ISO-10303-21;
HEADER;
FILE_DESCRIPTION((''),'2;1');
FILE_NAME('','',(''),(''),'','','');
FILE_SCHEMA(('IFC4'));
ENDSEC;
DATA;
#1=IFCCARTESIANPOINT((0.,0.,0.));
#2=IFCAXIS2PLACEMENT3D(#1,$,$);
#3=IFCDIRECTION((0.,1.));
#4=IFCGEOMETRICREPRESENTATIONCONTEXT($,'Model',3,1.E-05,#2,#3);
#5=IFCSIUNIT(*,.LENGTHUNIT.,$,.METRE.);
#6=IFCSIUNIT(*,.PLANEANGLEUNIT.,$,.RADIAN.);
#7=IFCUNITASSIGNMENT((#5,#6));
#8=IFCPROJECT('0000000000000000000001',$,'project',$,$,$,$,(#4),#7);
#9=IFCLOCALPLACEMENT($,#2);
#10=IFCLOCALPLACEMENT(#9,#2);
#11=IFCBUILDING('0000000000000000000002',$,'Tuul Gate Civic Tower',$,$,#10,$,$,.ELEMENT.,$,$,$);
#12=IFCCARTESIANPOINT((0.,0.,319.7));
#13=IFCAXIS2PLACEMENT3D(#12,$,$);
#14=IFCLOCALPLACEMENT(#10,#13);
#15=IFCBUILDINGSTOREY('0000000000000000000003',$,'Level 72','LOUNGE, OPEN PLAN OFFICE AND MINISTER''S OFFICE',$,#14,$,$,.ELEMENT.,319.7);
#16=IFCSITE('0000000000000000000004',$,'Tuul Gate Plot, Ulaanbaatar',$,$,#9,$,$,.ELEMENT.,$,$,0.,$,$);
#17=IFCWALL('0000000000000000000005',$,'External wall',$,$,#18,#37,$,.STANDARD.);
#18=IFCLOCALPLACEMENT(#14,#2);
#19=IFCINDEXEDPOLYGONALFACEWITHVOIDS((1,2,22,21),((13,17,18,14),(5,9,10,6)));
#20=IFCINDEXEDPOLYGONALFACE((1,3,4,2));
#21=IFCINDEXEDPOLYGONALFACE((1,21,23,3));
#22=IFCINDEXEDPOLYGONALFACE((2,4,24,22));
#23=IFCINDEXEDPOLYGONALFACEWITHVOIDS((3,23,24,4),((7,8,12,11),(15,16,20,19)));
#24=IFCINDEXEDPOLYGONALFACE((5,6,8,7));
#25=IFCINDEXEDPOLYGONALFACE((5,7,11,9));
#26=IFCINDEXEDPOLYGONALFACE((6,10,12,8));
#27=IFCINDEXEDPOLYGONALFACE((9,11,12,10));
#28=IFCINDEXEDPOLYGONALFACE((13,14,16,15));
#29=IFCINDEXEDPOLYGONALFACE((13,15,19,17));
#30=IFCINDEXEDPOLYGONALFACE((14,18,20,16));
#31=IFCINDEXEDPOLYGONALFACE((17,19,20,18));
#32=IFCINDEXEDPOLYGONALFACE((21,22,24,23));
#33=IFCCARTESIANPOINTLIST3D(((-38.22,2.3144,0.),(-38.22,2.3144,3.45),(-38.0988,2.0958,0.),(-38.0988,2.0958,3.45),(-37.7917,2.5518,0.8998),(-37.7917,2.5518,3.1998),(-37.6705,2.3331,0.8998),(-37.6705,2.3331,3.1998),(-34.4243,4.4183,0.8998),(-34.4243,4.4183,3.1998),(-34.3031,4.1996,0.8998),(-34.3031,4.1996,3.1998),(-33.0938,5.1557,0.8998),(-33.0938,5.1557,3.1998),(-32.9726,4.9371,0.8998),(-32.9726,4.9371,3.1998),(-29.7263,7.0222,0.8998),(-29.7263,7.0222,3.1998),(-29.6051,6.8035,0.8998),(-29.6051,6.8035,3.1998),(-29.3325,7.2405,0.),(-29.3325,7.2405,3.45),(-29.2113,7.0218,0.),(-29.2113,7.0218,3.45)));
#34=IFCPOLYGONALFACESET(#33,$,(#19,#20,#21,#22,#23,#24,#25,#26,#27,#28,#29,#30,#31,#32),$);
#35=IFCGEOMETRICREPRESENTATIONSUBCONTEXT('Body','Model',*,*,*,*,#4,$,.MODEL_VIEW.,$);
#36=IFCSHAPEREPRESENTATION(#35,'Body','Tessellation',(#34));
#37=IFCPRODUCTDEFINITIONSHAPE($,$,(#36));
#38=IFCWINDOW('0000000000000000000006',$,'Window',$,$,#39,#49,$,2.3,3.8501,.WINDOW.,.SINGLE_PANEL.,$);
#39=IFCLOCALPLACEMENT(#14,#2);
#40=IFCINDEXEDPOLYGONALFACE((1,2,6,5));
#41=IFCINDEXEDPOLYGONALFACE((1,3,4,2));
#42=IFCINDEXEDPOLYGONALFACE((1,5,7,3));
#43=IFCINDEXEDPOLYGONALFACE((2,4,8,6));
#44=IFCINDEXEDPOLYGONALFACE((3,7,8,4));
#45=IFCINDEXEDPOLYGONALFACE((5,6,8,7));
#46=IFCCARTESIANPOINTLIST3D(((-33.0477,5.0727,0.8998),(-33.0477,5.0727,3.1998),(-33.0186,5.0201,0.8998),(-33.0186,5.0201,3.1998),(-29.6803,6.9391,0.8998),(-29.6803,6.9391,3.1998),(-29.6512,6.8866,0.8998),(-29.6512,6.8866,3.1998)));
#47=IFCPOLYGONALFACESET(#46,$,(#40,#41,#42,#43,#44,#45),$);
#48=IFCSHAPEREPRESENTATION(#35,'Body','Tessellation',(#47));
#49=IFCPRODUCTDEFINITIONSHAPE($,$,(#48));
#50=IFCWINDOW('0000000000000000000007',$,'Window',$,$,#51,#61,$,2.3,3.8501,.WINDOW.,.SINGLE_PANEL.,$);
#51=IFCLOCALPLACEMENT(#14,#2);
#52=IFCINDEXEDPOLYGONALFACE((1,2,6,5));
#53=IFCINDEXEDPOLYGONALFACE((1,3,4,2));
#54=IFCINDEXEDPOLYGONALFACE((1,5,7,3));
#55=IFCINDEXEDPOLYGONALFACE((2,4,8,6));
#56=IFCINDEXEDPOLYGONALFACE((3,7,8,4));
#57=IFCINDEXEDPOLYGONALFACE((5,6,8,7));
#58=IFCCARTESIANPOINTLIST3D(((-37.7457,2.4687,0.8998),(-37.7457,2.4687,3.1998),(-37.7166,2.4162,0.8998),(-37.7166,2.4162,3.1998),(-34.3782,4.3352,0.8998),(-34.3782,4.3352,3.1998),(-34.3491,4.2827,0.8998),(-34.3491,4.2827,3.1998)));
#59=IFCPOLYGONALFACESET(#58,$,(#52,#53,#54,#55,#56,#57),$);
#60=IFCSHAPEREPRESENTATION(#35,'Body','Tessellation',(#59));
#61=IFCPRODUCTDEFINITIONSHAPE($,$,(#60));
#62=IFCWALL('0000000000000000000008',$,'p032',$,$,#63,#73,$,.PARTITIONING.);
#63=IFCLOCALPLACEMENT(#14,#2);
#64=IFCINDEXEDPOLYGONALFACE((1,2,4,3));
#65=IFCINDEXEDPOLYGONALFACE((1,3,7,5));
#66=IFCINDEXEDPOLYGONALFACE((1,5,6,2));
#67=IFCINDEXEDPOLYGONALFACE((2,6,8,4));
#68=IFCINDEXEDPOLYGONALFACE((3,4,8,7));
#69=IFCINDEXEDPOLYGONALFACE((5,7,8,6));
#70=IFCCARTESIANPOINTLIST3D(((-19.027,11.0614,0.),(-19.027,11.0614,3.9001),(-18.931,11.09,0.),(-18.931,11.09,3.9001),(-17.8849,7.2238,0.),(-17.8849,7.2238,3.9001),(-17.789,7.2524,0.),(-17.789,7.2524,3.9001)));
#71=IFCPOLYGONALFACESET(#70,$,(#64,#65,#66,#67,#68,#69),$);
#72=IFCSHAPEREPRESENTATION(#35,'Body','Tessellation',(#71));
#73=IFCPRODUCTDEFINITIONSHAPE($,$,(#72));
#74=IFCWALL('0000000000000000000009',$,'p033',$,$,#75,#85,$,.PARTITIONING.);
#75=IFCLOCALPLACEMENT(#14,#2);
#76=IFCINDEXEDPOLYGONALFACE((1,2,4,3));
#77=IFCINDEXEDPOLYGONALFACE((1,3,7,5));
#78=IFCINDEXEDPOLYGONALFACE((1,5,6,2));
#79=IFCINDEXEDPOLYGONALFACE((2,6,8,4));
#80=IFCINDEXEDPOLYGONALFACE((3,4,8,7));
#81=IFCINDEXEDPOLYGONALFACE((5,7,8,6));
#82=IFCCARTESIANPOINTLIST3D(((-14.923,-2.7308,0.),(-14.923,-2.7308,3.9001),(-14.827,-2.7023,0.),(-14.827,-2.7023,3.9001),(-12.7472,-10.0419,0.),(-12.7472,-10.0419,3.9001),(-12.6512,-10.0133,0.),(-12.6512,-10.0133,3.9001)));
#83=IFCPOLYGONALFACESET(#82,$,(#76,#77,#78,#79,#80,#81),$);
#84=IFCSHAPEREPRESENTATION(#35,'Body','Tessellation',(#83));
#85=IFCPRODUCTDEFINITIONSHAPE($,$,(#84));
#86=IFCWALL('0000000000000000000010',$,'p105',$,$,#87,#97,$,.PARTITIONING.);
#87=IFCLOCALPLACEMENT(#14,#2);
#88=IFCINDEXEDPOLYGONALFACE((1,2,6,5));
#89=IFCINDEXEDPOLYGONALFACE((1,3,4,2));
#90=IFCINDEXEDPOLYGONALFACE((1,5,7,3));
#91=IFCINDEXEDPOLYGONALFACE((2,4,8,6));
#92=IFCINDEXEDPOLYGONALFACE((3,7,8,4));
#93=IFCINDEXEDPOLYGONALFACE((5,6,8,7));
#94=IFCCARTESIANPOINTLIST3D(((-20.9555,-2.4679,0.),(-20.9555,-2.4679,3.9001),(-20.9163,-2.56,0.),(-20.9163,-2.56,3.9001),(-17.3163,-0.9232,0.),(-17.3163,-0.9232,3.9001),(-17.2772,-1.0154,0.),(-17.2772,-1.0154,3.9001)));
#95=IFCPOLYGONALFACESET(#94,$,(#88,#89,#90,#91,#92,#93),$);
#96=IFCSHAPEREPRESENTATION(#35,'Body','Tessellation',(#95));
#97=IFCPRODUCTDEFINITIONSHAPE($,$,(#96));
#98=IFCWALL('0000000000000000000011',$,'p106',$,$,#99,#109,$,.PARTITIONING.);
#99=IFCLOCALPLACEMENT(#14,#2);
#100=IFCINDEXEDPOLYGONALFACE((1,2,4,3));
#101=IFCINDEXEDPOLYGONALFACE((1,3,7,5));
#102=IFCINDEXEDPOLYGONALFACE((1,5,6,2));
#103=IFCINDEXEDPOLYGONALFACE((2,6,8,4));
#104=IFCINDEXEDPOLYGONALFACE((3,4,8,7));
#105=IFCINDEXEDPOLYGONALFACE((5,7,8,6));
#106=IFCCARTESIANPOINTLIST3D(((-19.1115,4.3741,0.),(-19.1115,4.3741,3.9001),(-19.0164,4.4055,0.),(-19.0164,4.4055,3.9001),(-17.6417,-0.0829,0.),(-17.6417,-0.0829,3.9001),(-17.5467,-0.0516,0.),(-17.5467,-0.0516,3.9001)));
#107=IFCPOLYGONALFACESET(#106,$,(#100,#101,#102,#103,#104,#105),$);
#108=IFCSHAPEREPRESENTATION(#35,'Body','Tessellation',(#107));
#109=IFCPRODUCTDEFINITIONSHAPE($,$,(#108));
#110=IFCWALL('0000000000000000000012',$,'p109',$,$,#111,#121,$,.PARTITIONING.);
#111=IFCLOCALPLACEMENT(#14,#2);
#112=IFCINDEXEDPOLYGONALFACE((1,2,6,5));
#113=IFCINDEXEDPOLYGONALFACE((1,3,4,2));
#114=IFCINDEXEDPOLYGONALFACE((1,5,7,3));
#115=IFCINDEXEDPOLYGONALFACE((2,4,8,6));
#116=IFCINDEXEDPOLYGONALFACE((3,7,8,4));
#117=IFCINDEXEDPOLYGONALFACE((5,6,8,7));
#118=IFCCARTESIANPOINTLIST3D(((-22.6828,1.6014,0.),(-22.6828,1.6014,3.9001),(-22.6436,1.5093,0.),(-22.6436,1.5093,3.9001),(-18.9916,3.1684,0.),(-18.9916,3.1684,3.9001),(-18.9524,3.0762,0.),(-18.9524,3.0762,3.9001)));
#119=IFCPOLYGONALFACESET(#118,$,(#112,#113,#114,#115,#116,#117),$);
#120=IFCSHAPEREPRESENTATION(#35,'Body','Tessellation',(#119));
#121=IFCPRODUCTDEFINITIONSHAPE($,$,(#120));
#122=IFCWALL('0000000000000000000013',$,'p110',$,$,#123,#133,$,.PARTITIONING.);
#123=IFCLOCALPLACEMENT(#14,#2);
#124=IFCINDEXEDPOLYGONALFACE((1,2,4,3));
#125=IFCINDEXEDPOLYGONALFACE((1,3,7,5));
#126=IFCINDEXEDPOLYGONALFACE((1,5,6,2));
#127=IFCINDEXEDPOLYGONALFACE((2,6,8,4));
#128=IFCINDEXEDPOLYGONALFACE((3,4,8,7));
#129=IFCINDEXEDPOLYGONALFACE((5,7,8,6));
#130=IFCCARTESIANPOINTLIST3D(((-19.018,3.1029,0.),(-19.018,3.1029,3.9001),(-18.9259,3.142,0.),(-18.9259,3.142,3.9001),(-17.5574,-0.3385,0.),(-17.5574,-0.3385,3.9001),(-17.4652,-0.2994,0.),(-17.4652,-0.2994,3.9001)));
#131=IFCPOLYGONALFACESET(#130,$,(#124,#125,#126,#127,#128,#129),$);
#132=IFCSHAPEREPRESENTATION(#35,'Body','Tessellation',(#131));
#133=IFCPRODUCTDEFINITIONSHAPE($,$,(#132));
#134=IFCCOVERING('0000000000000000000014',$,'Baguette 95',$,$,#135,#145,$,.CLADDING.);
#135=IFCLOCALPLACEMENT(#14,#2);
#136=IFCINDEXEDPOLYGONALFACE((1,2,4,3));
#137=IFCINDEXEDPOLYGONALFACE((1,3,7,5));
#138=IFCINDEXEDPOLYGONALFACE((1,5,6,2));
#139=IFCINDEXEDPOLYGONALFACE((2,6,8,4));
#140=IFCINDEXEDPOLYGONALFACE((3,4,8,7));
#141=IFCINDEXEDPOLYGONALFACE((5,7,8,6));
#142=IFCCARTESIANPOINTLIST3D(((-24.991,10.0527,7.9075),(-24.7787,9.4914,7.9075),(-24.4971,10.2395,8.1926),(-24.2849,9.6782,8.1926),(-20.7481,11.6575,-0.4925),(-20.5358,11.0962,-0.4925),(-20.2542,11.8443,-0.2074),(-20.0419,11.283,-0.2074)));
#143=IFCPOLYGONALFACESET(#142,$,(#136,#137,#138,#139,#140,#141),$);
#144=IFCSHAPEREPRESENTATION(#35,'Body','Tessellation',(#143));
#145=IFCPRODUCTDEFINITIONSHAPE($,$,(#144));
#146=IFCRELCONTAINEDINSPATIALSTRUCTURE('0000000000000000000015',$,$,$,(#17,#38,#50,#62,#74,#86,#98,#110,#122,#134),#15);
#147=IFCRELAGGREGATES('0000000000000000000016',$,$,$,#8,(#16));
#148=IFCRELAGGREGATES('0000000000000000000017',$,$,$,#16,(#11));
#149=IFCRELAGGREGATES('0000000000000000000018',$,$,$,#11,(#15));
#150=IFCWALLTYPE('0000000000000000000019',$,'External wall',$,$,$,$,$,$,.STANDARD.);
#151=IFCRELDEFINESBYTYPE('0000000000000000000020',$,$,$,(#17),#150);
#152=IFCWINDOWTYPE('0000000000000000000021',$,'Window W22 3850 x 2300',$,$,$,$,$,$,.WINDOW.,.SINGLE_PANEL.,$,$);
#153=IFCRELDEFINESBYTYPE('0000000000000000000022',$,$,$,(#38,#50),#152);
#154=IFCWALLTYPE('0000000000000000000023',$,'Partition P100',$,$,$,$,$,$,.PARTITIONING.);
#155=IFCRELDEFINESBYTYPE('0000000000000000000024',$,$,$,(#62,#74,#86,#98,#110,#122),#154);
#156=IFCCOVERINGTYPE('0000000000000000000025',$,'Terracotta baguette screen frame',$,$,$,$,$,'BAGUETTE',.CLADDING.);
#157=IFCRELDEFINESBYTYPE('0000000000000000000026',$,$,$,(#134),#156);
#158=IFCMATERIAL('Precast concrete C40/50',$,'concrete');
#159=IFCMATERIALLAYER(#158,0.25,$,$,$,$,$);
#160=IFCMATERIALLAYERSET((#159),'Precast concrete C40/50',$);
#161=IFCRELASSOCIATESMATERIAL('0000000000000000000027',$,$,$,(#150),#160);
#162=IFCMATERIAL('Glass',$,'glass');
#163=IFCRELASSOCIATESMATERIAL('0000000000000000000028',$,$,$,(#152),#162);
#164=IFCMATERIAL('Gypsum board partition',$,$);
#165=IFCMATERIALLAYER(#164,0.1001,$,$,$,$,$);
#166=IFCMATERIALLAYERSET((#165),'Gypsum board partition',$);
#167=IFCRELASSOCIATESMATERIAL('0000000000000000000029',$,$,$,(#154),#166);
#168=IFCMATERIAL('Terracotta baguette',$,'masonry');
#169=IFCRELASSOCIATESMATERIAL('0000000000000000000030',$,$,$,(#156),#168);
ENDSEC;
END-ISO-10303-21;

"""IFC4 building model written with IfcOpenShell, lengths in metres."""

from ifc_helpers import new_model, si_unit, direction, frame, frame_2d, origin, origin_2d, place, context, subcontext, project, spatial, rectangle, extrude, material, layer, layer_set, material_profile, profile_set, type_object, element, fill, save


model = new_model("IFC4")

# Units and contexts
model_context = context("Model", 3, precision=1e-05, world=origin(), true_north=direction((0.0, 1.0)))
body_context = subcontext(model_context, "Body", "Model", "MODEL_VIEW")
ifc_project = project(units=[si_unit("LENGTHUNIT", "METRE"), si_unit("PLANEANGLEUNIT", "RADIAN")], contexts=[model_context])

# Site, building, storey
site_placement = place(None, origin())
site = spatial("IfcSite", under=ifc_project, at=site_placement, Name="Tuul Gate Plot, Ulaanbaatar", CompositionType="ELEMENT", RefElevation=0.0)
building_placement = place(site_placement, origin())
building = spatial("IfcBuilding", under=site, at=building_placement, Name="Tuul Gate Civic Tower", CompositionType="ELEMENT")
storey_placement = place(building_placement, frame((0.0, 0.0, 319.7)))
storey = spatial("IfcBuildingStorey", under=building, at=storey_placement, Name="Level 72", Description="LOUNGE, OPEN PLAN OFFICE AND MINISTER'S OFFICE", CompositionType="ELEMENT", Elevation=319.7)

# Wall, openings, windows
ifc_material_1 = material(Name="Precast concrete C40/50", Category="concrete")
ifc_layer_1 = layer(ifc_material_1, 0.25)
ifc_layer_set_1 = layer_set([ifc_layer_1], Name="Precast concrete C40/50")
wall_type_1 = type_object("IfcWallType", Name="External wall", PredefinedType="STANDARD", material=ifc_layer_set_1)
ifc_material_2 = material(Name="Glass", Category="glass")
window_type = type_object("IfcWindowType", Name="Window W22 3850 x 2300", PartitioningType="SINGLE_PANEL", PredefinedType="WINDOW", material=ifc_material_2)
wall_1_placement = place(storey_placement, frame((-29.272, 7.1311, 0.0), z_axis=(0.0, 0.0, 1.0), x_axis=(-0.874635, -0.484782, 0.0)))
wall_1 = element("IfcWall", 1, at=wall_1_placement, inside=storey, type_object=wall_type_1, Name="External wall", PredefinedType="STANDARD", context=body_context, shape_type="SweptSolid", body=[
    extrude(rectangle(XDim=10.1614, YDim=0.25, at=frame_2d((5.0806, 0.0))), origin(), (0.0, 0.0, 1.0), 3.45),
])
opening_1_placement = place(wall_1_placement, frame((0.4502, 0.0, 0.8999)))
opening_1 = element("IfcOpeningElement", 2, at=opening_1_placement, cuts=wall_1, PredefinedType="OPENING", context=body_context, shape_type="SweptSolid", body=[
    extrude(rectangle(XDim=3.8501, YDim=2.3, at=frame_2d((1.925, 1.1499))), frame((0.0, 0.135, 0.0), z_axis=(0.0, -1.0, 0.0), x_axis=(1.0, 0.0, 0.0)), (0.0, 0.0, 1.0), 0.27),
])
opening_2_placement = place(wall_1_placement, frame((5.8215, 0.0, 0.8999)))
opening_2 = element("IfcOpeningElement", 3, at=opening_2_placement, cuts=wall_1, PredefinedType="OPENING", context=body_context, shape_type="SweptSolid", body=[
    extrude(rectangle(XDim=3.8501, YDim=2.3, at=frame_2d((1.925, 1.1499))), frame((0.0, 0.135, 0.0), z_axis=(0.0, -1.0, 0.0), x_axis=(1.0, 0.0, 0.0)), (0.0, 0.0, 1.0), 0.27),
])
window_1_placement = place(opening_1_placement, origin())
window_1 = element("IfcWindow", 4, at=window_1_placement, inside=storey, type_object=window_type, Name="Window", OverallHeight=2.3, OverallWidth=3.8501, PartitioningType="SINGLE_PANEL", PredefinedType="WINDOW", context=body_context, shape_type="SweptSolid", body=[
    extrude(rectangle(XDim=3.8501, YDim=2.3, at=frame_2d((1.925, 1.1499))), frame((0.0, 0.03, 0.0), z_axis=(0.0, -1.0, 0.0), x_axis=(1.0, 0.0, 0.0)), (0.0, 0.0, 1.0), 0.0601),
])
fill(opening_1, window_1)
window_2_placement = place(opening_2_placement, origin())
window_2 = element("IfcWindow", 5, at=window_2_placement, inside=storey, type_object=window_type, Name="Window", OverallHeight=2.3, OverallWidth=3.8501, PartitioningType="SINGLE_PANEL", PredefinedType="WINDOW", context=body_context, shape_type="SweptSolid", body=[
    extrude(rectangle(XDim=3.8501, YDim=2.3, at=frame_2d((1.925, 1.1499))), frame((0.0, 0.03, 0.0), z_axis=(0.0, -1.0, 0.0), x_axis=(1.0, 0.0, 0.0)), (0.0, 0.0, 1.0), 0.0601),
])
fill(opening_2, window_2)

# Walls
ifc_material_3 = material(Name="Gypsum board partition")
ifc_layer_2 = layer(ifc_material_3, 0.1001)
ifc_layer_set_2 = layer_set([ifc_layer_2], Name="Gypsum board partition")
wall_type_2 = type_object("IfcWallType", Name="Partition P100", PredefinedType="PARTITIONING", material=ifc_layer_set_2)
wall_2_placement = place(storey_placement, frame((-18.979, 11.0757, 0.0), z_axis=(0.0, 0.0, 1.0), x_axis=(0.285238, -0.958457, 0.0)))
element("IfcWall", 6, at=wall_2_placement, inside=storey, type_object=wall_type_2, Name="p032", PredefinedType="PARTITIONING", context=body_context, shape_type="SweptSolid", body=[
    extrude(rectangle(XDim=4.0039, YDim=0.1001, at=frame_2d((2.002, 0.0))), origin(), (0.0, 0.0, 1.0), 3.9001),
])
wall_3_placement = place(storey_placement, frame((-14.875, -2.7166, 0.0), z_axis=(0.0, 0.0, 1.0), x_axis=(0.285239, -0.958456, 0.0)))
element("IfcWall", 7, at=wall_3_placement, inside=storey, type_object=wall_type_2, Name="p033", PredefinedType="PARTITIONING", context=body_context, shape_type="SweptSolid", body=[
    extrude(rectangle(XDim=7.6279, YDim=0.1001, at=frame_2d((3.814, 0.0))), origin(), (0.0, 0.0, 1.0), 3.9001),
])
wall_4_placement = place(storey_placement, frame((-20.9358, -2.5139, 0.0), z_axis=(0.0, 0.0, 1.0), x_axis=(0.92051, 0.39072, 0.0)))
element("IfcWall", 8, at=wall_4_placement, inside=storey, type_object=wall_type_2, Name="p105", PredefinedType="PARTITIONING", context=body_context, shape_type="SweptSolid", body=[
    extrude(rectangle(XDim=3.9534, YDim=0.1001, at=frame_2d((1.9766, 0.0))), origin(), (0.0, 0.0, 1.0), 3.9001),
])
wall_5_placement = place(storey_placement, frame((-19.064, 4.3899, 0.0), z_axis=(0.0, 0.0, 1.0), x_axis=(0.313167, -0.949698, 0.0)))
element("IfcWall", 9, at=wall_5_placement, inside=storey, type_object=wall_type_2, Name="p106", PredefinedType="PARTITIONING", context=body_context, shape_type="SweptSolid", body=[
    extrude(rectangle(XDim=4.6931, YDim=0.1001, at=frame_2d((2.3467, 0.0))), origin(), (0.0, 0.0, 1.0), 3.9001),
])
wall_6_placement = place(storey_placement, frame((-22.6631, 1.5554, 0.0), z_axis=(0.0, 0.0, 1.0), x_axis=(0.920497, 0.39075, 0.0)))
element("IfcWall", 10, at=wall_6_placement, inside=storey, type_object=wall_type_2, Name="p109", PredefinedType="PARTITIONING", context=body_context, shape_type="SweptSolid", body=[
    extrude(rectangle(XDim=4.01, YDim=0.1001, at=frame_2d((2.0049, 0.0))), origin(), (0.0, 0.0, 1.0), 3.9001),
])
wall_7_placement = place(storey_placement, frame((-18.9719, 3.1223, 0.0), z_axis=(0.0, 0.0, 1.0), x_axis=(0.390709, -0.920514, 0.0)))
element("IfcWall", 11, at=wall_7_placement, inside=storey, type_object=wall_type_2, Name="p110", PredefinedType="PARTITIONING", context=body_context, shape_type="SweptSolid", body=[
    extrude(rectangle(XDim=3.7385, YDim=0.1001, at=frame_2d((1.8691, 0.0))), origin(), (0.0, 0.0, 1.0), 3.9001),
])

# Covering
ifc_material_4 = material(Name="Terracotta baguette", Category="masonry")
ifc_material_profile_1 = material_profile(ifc_material_4, rectangle(XDim=0.6001, YDim=0.6001, at=origin_2d()), Name="Terracotta baguette screen frame")
ifc_profile_set_1 = profile_set([ifc_material_profile_1], Name="Terracotta baguette")
covering_type = type_object("IfcCoveringType", Name="Terracotta baguette screen frame", ElementType="BAGUETTE", PredefinedType="CLADDING", material=ifc_profile_set_1)
covering_placement = place(storey_placement, frame((-24.6379, 9.8655, 8.05), z_axis=(0.444447, 0.168097, -0.879892), x_axis=(-0.353758, 0.935337, 0.0)))
element("IfcCovering", 12, at=covering_placement, inside=storey, type_object=covering_type, Name="Baguette 95", PredefinedType="CLADDING", context=body_context, shape_type="SweptSolid", body=[
    extrude(rectangle(XDim=0.6001, YDim=0.6001, at=origin_2d()), origin(), (0.0, 0.0, 1.0), 9.5466),
])

save(model, "model.ifc")
